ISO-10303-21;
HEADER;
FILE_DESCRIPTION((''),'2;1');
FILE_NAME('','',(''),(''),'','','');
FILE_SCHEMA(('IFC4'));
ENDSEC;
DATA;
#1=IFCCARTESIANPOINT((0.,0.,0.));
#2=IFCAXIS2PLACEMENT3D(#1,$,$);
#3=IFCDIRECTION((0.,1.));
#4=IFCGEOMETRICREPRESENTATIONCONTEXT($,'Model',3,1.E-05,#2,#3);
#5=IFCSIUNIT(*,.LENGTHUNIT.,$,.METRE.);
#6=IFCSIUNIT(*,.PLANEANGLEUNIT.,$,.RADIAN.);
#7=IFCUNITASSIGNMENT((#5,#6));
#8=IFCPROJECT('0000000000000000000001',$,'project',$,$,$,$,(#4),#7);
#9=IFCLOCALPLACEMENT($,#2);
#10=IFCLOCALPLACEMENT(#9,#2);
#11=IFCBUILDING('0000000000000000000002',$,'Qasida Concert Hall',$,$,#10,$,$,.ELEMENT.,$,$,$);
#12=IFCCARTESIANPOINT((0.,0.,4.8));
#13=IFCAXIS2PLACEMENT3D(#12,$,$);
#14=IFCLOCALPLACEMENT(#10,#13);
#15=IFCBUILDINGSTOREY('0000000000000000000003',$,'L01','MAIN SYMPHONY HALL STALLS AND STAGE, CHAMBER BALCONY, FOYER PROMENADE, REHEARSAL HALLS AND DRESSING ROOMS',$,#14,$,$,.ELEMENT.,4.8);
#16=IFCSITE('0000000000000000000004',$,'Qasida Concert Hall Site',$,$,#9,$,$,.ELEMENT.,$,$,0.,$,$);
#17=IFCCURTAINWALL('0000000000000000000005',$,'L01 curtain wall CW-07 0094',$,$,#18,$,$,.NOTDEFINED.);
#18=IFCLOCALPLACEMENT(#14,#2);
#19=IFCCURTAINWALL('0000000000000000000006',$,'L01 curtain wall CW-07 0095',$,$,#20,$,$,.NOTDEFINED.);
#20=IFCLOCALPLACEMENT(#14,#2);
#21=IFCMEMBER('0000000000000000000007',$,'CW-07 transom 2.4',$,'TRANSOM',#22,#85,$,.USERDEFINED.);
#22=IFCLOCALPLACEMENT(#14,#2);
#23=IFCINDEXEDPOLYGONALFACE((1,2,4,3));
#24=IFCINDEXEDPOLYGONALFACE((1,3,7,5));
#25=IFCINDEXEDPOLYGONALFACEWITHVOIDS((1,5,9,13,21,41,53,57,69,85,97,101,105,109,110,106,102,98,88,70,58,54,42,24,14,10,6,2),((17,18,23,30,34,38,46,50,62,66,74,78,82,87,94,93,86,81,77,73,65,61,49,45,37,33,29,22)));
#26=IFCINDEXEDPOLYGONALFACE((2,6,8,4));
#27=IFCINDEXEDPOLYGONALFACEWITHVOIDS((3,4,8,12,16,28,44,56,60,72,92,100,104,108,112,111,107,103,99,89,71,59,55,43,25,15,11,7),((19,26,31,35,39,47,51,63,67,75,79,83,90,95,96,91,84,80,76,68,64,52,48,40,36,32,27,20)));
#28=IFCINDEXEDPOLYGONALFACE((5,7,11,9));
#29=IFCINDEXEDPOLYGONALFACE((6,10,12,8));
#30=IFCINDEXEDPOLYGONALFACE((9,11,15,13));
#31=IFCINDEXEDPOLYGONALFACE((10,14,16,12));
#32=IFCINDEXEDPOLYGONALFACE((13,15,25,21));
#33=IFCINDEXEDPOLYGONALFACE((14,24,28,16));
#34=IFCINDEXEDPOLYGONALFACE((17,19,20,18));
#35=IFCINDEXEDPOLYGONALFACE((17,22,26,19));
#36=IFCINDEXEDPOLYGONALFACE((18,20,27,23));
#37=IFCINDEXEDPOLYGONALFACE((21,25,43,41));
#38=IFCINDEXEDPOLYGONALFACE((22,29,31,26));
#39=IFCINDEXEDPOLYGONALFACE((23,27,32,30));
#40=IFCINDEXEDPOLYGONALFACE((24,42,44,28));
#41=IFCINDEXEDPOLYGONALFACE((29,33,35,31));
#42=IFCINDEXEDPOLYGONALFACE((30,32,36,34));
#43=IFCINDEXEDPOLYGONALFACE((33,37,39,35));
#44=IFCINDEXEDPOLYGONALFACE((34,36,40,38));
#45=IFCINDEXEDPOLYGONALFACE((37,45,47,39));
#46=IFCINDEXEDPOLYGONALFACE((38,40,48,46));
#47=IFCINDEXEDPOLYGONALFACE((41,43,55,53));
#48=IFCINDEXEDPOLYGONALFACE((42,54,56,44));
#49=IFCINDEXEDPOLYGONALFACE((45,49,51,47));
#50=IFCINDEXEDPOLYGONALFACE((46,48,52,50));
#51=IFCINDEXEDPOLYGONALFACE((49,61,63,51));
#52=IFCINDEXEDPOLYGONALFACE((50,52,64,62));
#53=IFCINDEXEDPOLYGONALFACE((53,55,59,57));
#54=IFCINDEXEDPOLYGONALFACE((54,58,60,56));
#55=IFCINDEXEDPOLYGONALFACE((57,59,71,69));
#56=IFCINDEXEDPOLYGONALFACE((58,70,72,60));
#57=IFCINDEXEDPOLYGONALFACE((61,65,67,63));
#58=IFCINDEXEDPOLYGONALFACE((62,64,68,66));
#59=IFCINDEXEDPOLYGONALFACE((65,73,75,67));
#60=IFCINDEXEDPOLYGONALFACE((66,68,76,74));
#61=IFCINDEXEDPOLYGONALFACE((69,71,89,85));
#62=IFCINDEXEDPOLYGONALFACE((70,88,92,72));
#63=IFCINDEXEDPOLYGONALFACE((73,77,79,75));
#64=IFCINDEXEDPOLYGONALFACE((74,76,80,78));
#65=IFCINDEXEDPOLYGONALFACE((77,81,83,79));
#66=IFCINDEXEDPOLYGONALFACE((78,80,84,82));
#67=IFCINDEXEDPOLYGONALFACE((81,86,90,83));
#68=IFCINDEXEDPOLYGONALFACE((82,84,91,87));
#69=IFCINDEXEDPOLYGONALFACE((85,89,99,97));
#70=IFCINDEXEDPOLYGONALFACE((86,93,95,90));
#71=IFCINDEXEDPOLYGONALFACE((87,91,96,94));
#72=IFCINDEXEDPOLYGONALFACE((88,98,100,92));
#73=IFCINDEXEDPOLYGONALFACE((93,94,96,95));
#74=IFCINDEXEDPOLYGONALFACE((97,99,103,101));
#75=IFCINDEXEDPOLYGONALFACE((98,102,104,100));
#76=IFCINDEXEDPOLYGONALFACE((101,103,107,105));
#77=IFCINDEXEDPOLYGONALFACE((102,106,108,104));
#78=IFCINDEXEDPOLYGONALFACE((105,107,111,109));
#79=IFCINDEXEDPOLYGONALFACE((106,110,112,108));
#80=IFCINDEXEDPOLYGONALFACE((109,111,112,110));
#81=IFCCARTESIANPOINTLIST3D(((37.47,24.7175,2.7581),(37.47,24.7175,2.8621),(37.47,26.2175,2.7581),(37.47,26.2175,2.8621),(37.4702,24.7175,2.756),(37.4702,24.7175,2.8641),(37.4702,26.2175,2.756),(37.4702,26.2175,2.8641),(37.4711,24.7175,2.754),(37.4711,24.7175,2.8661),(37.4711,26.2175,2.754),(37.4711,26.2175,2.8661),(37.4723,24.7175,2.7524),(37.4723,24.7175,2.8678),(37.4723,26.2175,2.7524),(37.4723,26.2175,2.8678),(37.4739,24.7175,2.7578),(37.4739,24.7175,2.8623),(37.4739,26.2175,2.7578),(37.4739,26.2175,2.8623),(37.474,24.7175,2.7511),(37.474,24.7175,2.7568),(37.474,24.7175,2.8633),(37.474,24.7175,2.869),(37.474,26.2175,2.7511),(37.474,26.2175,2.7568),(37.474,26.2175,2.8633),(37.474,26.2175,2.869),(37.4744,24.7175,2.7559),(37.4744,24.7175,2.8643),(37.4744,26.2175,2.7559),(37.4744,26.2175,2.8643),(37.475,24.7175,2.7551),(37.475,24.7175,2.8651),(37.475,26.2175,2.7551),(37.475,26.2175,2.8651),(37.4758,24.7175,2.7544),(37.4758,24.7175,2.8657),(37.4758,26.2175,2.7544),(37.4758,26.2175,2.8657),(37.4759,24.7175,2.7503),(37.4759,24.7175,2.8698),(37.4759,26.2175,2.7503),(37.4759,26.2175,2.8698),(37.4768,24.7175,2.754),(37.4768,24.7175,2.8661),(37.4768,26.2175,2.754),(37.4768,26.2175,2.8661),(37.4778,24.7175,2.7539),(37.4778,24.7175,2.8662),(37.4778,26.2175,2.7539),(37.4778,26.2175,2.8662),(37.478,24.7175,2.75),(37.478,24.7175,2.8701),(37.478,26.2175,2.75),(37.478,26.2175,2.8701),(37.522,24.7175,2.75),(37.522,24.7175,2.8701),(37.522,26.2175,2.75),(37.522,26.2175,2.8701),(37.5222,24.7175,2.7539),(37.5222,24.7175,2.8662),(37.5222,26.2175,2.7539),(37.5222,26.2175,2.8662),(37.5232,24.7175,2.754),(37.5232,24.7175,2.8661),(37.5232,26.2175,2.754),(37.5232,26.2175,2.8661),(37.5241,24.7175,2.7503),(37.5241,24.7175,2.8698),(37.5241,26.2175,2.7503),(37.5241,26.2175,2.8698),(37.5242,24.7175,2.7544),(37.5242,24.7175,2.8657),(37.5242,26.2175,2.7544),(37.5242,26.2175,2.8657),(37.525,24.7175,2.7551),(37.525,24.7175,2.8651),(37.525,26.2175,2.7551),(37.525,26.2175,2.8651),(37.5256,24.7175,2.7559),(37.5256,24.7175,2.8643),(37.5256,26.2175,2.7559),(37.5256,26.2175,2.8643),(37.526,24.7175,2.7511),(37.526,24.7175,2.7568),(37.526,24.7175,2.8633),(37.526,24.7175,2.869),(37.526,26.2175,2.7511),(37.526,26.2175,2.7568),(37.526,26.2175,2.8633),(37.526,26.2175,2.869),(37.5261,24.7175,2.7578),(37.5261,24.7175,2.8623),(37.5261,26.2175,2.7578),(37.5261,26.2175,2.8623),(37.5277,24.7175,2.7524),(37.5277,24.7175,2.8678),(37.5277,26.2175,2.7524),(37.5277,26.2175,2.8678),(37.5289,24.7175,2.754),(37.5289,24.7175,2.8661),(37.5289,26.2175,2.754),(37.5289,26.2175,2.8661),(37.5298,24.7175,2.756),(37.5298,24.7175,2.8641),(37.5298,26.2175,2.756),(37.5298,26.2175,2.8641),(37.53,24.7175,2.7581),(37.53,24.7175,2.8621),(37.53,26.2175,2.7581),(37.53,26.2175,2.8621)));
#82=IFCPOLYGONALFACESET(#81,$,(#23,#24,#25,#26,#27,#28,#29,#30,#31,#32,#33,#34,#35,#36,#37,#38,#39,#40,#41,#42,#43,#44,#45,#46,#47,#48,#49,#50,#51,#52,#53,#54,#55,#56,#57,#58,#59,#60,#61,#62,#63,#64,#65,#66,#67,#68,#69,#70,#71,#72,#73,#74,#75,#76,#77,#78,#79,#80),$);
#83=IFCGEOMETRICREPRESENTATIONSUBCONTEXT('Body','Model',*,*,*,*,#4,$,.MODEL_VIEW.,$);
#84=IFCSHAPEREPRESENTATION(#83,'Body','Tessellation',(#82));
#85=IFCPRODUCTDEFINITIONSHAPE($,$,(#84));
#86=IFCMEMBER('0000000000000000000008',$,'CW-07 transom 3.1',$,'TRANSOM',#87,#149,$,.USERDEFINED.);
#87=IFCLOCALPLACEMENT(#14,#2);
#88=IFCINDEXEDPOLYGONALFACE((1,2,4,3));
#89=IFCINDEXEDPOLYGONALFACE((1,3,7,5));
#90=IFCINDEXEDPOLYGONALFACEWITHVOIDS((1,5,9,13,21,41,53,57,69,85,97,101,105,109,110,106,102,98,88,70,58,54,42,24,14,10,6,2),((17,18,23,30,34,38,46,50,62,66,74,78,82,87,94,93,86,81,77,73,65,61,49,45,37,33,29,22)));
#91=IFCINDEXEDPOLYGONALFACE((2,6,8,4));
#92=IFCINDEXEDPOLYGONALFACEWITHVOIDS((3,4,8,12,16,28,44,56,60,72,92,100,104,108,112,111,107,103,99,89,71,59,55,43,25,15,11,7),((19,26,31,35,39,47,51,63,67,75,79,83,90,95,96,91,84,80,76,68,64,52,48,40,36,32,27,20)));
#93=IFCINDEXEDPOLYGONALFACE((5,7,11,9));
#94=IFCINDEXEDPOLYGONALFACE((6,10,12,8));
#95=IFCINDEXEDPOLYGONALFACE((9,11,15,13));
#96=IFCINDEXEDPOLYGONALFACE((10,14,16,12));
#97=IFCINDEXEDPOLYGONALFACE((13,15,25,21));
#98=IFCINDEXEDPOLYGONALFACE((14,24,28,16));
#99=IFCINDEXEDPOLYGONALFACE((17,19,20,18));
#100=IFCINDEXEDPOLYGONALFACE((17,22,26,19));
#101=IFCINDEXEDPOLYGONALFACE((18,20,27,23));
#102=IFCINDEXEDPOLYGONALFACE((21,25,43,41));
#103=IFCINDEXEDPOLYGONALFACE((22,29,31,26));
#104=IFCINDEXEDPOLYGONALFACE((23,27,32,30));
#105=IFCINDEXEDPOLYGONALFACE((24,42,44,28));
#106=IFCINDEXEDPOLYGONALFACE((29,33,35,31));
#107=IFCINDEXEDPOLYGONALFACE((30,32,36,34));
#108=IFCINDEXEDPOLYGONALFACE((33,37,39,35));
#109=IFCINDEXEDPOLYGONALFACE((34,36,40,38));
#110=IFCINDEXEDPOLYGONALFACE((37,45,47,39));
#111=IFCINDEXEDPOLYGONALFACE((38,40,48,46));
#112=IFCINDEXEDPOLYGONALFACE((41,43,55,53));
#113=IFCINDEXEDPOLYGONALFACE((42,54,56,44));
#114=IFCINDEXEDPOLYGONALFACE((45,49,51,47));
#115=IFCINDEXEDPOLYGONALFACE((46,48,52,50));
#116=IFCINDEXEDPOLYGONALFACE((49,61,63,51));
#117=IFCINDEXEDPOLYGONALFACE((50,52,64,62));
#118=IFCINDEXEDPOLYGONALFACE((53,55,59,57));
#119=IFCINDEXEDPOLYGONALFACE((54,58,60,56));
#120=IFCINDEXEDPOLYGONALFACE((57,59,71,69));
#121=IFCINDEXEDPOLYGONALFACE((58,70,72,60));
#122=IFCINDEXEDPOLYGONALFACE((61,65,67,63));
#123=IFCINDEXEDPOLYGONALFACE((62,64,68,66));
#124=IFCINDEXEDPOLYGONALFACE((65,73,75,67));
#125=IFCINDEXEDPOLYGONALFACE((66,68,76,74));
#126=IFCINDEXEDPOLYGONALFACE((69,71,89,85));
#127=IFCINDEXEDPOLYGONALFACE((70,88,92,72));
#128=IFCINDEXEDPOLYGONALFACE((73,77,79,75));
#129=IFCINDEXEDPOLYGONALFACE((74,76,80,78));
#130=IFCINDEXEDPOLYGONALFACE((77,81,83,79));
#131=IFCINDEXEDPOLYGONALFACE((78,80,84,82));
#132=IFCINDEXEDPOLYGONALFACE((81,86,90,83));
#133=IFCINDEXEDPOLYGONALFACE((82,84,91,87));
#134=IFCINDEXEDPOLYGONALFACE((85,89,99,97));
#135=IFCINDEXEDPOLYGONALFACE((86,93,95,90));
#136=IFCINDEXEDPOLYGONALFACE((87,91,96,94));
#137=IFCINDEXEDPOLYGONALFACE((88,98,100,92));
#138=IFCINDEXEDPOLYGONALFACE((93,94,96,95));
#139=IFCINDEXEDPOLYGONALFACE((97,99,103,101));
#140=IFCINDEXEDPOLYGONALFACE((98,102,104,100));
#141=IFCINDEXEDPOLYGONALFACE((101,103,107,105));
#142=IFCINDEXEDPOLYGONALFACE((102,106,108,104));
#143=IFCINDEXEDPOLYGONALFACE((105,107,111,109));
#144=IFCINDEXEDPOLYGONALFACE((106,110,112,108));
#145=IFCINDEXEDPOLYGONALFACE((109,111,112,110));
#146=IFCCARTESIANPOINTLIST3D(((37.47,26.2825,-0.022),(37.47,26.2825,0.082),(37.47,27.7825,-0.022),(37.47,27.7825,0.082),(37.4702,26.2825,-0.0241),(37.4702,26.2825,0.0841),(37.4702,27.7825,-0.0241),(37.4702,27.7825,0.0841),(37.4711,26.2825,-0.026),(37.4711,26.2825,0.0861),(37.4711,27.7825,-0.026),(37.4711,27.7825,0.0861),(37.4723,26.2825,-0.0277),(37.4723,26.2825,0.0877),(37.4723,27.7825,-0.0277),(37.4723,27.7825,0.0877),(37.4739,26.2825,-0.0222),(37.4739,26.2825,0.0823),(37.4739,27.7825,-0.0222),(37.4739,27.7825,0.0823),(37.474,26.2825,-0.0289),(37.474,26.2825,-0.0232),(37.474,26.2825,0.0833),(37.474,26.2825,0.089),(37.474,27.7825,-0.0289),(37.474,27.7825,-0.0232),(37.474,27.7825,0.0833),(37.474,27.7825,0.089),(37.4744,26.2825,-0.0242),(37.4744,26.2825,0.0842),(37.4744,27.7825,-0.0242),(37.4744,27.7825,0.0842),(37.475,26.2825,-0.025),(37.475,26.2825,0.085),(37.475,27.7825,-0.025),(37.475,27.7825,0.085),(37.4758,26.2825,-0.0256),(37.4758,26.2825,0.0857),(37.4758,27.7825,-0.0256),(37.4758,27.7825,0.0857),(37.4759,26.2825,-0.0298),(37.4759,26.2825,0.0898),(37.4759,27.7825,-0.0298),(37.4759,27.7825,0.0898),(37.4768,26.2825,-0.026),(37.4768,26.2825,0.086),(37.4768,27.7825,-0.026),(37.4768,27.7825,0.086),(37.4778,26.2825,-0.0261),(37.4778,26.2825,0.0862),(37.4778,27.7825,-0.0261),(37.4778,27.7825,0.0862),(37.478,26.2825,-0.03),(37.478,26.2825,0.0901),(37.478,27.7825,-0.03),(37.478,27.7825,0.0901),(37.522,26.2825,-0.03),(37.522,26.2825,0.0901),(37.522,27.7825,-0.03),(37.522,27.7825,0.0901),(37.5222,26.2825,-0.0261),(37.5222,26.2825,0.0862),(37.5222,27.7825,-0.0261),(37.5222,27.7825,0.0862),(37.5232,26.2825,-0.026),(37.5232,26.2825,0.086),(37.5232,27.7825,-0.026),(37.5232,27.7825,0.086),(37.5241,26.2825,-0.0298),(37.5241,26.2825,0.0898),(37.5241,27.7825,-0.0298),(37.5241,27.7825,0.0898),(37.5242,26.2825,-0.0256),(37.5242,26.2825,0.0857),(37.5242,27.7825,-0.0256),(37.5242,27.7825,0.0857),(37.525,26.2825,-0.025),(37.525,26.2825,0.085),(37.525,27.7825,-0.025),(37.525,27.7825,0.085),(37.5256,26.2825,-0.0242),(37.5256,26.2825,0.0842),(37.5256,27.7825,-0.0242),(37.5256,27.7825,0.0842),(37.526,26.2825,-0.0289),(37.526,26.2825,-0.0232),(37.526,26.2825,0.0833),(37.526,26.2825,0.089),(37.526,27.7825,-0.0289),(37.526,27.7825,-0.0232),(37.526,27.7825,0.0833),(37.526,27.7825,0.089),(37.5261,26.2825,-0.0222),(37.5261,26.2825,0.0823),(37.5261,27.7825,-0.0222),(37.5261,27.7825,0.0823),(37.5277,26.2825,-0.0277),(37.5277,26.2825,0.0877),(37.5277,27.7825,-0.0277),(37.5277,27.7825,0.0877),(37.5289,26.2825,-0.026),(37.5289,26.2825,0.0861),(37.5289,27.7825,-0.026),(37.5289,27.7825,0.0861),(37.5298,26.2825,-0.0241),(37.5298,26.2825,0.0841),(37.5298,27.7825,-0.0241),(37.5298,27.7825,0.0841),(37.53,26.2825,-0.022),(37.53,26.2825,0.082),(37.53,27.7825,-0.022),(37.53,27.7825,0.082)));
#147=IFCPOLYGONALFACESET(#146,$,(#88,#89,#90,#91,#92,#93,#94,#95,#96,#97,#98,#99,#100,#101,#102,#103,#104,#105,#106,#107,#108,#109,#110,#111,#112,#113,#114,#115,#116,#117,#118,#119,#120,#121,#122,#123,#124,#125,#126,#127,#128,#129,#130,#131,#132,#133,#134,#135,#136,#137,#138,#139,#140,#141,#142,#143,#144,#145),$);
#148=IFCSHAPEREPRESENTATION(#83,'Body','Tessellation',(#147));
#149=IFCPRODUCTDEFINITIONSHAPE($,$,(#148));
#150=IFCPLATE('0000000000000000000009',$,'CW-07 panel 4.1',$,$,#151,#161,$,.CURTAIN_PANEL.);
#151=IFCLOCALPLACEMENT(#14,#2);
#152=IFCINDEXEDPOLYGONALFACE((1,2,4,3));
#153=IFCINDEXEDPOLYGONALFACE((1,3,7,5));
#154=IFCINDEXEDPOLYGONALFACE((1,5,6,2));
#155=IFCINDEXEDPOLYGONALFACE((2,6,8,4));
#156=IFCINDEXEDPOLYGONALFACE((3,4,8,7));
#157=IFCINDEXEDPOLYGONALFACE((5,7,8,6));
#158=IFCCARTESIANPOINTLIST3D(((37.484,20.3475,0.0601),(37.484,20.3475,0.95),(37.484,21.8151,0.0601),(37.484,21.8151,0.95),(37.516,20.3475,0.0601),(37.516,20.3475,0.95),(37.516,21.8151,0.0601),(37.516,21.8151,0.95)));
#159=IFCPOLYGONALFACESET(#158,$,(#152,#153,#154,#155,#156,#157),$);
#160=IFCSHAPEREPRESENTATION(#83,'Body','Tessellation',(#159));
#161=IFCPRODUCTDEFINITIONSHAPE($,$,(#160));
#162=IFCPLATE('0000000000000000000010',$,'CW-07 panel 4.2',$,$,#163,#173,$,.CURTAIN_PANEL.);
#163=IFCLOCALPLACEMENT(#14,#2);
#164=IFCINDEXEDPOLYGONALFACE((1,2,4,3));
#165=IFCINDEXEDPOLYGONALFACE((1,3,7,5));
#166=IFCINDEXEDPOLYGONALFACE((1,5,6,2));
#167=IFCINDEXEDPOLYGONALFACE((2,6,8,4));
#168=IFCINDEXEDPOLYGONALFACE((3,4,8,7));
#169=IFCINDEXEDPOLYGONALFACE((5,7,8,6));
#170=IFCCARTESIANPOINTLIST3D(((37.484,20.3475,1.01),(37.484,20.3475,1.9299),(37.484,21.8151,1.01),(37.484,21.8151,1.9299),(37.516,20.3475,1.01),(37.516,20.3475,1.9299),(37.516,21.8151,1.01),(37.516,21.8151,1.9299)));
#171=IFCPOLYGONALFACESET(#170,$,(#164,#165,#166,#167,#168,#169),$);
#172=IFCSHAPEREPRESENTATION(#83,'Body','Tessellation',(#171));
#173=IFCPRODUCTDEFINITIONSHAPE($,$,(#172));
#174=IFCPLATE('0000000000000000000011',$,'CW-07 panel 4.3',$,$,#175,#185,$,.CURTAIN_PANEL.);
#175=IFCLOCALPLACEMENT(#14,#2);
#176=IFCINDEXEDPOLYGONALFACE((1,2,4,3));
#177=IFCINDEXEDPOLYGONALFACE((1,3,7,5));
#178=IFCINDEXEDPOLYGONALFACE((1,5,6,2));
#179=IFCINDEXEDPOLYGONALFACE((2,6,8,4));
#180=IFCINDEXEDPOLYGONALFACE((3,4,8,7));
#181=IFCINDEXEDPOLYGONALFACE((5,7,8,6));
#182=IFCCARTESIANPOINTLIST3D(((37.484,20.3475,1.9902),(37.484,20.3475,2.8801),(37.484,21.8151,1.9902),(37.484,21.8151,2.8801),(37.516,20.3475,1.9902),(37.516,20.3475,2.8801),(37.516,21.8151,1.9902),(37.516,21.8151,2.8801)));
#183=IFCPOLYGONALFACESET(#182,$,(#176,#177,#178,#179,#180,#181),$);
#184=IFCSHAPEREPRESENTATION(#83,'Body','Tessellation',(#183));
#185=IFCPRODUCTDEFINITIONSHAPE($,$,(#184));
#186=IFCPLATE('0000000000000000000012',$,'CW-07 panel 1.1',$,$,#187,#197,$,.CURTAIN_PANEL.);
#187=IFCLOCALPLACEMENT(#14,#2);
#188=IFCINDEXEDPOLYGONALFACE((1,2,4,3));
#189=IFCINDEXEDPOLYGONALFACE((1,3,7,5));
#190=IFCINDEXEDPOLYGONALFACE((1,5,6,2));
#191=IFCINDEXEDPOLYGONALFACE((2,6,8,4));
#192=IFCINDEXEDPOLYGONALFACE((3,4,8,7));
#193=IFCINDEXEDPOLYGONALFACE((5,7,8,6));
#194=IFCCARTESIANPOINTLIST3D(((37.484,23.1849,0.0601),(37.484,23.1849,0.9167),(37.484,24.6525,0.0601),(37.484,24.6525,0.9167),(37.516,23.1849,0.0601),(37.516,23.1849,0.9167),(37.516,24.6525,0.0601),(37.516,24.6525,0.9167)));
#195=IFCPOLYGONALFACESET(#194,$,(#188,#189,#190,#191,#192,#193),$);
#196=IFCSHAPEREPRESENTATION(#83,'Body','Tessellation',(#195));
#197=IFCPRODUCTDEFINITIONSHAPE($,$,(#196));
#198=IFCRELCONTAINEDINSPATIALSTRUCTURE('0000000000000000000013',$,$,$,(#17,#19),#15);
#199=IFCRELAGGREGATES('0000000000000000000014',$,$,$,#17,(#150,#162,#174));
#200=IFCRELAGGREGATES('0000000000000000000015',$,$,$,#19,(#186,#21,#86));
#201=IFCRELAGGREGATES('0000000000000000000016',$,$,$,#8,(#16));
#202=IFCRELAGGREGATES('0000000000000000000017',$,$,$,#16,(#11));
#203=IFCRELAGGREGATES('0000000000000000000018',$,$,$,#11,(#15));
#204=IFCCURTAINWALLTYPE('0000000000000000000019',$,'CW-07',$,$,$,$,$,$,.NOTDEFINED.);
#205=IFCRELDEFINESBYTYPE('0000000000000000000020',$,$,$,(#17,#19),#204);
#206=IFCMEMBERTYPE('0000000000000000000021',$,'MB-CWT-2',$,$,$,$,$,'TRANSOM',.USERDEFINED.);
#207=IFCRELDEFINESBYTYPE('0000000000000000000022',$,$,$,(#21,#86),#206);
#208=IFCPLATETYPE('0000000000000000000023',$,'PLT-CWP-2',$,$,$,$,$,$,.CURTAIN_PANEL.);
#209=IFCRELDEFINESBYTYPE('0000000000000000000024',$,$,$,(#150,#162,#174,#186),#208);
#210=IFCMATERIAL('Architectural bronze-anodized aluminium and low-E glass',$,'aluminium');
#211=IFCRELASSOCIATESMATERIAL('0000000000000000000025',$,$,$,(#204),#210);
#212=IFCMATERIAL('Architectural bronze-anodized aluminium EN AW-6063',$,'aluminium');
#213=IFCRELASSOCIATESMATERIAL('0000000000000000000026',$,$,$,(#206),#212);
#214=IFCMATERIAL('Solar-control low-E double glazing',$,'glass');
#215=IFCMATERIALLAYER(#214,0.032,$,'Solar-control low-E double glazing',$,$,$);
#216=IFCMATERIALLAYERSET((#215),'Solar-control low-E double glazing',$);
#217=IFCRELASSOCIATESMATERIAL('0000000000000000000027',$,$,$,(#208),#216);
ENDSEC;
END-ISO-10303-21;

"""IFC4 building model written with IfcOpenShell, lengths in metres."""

from ifc_helpers import new_model, si_unit, direction, frame, origin, origin_2d, place, context, subcontext, project, spatial, rectangle, hollow_rectangle, extrude, material, layer, layer_set, material_profile, profile_set, type_object, element, aggregate, save


model = new_model("IFC4")

# Units and contexts
model_context = context("Model", 3, precision=1e-05, world=origin(), true_north=direction((0.0, 1.0)))
body_context = subcontext(model_context, "Body", "Model", "MODEL_VIEW")
ifc_project = project(units=[si_unit("LENGTHUNIT", "METRE"), si_unit("PLANEANGLEUNIT", "RADIAN")], contexts=[model_context])

# Site, building, storey
site_placement = place(None, origin())
site = spatial("IfcSite", under=ifc_project, at=site_placement, Name="Qasida Concert Hall Site", CompositionType="ELEMENT", RefElevation=0.0)
building_placement = place(site_placement, origin())
building = spatial("IfcBuilding", under=site, at=building_placement, Name="Qasida Concert Hall", CompositionType="ELEMENT")
storey_placement = place(building_placement, frame((0.0, 0.0, 4.8)))
storey = spatial("IfcBuildingStorey", under=building, at=storey_placement, Name="L01", Description="MAIN SYMPHONY HALL STALLS AND STAGE, CHAMBER BALCONY, FOYER PROMENADE, REHEARSAL HALLS AND DRESSING ROOMS", CompositionType="ELEMENT", Elevation=4.8)

# Curtain wall
ifc_material_1 = material(Name="Architectural bronze-anodized aluminium and low-E glass", Category="aluminium")
curtain_wall_type = type_object("IfcCurtainWallType", Name="CW-07", PredefinedType="NOTDEFINED", material=ifc_material_1)
curtain_wall_1_placement = place(storey_placement, origin())
curtain_wall_1 = element("IfcCurtainWall", 1, at=curtain_wall_1_placement, inside=storey, type_object=curtain_wall_type, Name="L01 curtain wall CW-07 0094", PredefinedType="NOTDEFINED")
ifc_material_2 = material(Name="Architectural bronze-anodized aluminium EN AW-6063", Category="aluminium")

# Curtain wall, members
curtain_wall_2_placement = place(storey_placement, origin())
curtain_wall_2 = element("IfcCurtainWall", 2, at=curtain_wall_2_placement, inside=storey, type_object=curtain_wall_type, Name="L01 curtain wall CW-07 0095", PredefinedType="NOTDEFINED")
ifc_material_profile_1 = material_profile(ifc_material_2, hollow_rectangle(XDim=0.0601, YDim=0.1201, WallThickness=0.0039, InnerFilletRadius=0.0039, OuterFilletRadius=0.0081, at=origin_2d()), Name="CWT 120x60x4")
ifc_profile_set_1 = profile_set([ifc_material_profile_1], Name="Architectural bronze-anodized aluminium EN AW-6063")
member_type_1 = type_object("IfcMemberType", Name="MB-CWT-2", ElementType="TRANSOM", PredefinedType="USERDEFINED", material=ifc_profile_set_1)
member_1_placement = place(storey_placement, frame((37.5, 24.7175, 2.8101), z_axis=(0.0, 1.0, 0.0), x_axis=(-1.0, 0.0, 0.0)))
member_1 = element("IfcMember", 3, at=member_1_placement, type_object=member_type_1, Name="CW-07 transom 2.4", ObjectType="TRANSOM", PredefinedType="USERDEFINED", context=body_context, shape_type="SweptSolid", body=[
    extrude(hollow_rectangle(XDim=0.0601, YDim=0.1201, WallThickness=0.0039, InnerFilletRadius=0.0039, OuterFilletRadius=0.0081, at=origin_2d()), origin(), (0.0, 0.0, 1.0), 1.5),
])
member_2_placement = place(storey_placement, frame((37.5, 26.2825, 0.03), z_axis=(0.0, 1.0, 0.0), x_axis=(-1.0, 0.0, 0.0)))
member_2 = element("IfcMember", 4, at=member_2_placement, type_object=member_type_1, Name="CW-07 transom 3.1", ObjectType="TRANSOM", PredefinedType="USERDEFINED", context=body_context, shape_type="SweptSolid", body=[
    extrude(hollow_rectangle(XDim=0.0601, YDim=0.1201, WallThickness=0.0039, InnerFilletRadius=0.0039, OuterFilletRadius=0.0081, at=origin_2d()), origin(), (0.0, 0.0, 1.0), 1.5),
])

# Plates
ifc_material_3 = material(Name="Solar-control low-E double glazing", Category="glass")
ifc_layer = layer(ifc_material_3, 0.032, Name="Solar-control low-E double glazing")
ifc_layer_set = layer_set([ifc_layer], Name="Solar-control low-E double glazing")
plate_type = type_object("IfcPlateType", Name="PLT-CWP-2", PredefinedType="CURTAIN_PANEL", material=ifc_layer_set)
plate_1_placement = place(storey_placement, frame((37.5, 21.0813, 0.0601), z_axis=(0.0, 0.0, 1.0), x_axis=(0.0, 1.0, 0.0)))
plate_1 = element("IfcPlate", 5, at=plate_1_placement, type_object=plate_type, Name="CW-07 panel 4.1", PredefinedType="CURTAIN_PANEL", context=body_context, shape_type="SweptSolid", body=[
    extrude(rectangle(XDim=1.4675, YDim=0.032, at=origin_2d()), origin(), (0.0, 0.0, 1.0), 0.8899),
])
plate_2_placement = place(storey_placement, frame((37.5, 21.0813, 1.01), z_axis=(0.0, 0.0, 1.0), x_axis=(0.0, 1.0, 0.0)))
plate_2 = element("IfcPlate", 6, at=plate_2_placement, type_object=plate_type, Name="CW-07 panel 4.2", PredefinedType="CURTAIN_PANEL", context=body_context, shape_type="SweptSolid", body=[
    extrude(rectangle(XDim=1.4675, YDim=0.032, at=origin_2d()), origin(), (0.0, 0.0, 1.0), 0.9199),
])
plate_3_placement = place(storey_placement, frame((37.5, 21.0813, 1.9902), z_axis=(0.0, 0.0, 1.0), x_axis=(0.0, 1.0, 0.0)))
plate_3 = element("IfcPlate", 7, at=plate_3_placement, type_object=plate_type, Name="CW-07 panel 4.3", PredefinedType="CURTAIN_PANEL", context=body_context, shape_type="SweptSolid", body=[
    extrude(rectangle(XDim=1.4675, YDim=0.032, at=origin_2d()), origin(), (0.0, 0.0, 1.0), 0.8899),
])
aggregate(curtain_wall_1, [plate_1, plate_2, plate_3])
plate_4_placement = place(storey_placement, frame((37.5, 23.9187, 0.0601), z_axis=(0.0, 0.0, 1.0), x_axis=(0.0, 1.0, 0.0)))
plate_4 = element("IfcPlate", 8, at=plate_4_placement, type_object=plate_type, Name="CW-07 panel 1.1", PredefinedType="CURTAIN_PANEL", context=body_context, shape_type="SweptSolid", body=[
    extrude(rectangle(XDim=1.4675, YDim=0.032, at=origin_2d()), origin(), (0.0, 0.0, 1.0), 0.8567),
])
aggregate(curtain_wall_2, [plate_4, member_1, member_2])

save(model, "model.ifc")
